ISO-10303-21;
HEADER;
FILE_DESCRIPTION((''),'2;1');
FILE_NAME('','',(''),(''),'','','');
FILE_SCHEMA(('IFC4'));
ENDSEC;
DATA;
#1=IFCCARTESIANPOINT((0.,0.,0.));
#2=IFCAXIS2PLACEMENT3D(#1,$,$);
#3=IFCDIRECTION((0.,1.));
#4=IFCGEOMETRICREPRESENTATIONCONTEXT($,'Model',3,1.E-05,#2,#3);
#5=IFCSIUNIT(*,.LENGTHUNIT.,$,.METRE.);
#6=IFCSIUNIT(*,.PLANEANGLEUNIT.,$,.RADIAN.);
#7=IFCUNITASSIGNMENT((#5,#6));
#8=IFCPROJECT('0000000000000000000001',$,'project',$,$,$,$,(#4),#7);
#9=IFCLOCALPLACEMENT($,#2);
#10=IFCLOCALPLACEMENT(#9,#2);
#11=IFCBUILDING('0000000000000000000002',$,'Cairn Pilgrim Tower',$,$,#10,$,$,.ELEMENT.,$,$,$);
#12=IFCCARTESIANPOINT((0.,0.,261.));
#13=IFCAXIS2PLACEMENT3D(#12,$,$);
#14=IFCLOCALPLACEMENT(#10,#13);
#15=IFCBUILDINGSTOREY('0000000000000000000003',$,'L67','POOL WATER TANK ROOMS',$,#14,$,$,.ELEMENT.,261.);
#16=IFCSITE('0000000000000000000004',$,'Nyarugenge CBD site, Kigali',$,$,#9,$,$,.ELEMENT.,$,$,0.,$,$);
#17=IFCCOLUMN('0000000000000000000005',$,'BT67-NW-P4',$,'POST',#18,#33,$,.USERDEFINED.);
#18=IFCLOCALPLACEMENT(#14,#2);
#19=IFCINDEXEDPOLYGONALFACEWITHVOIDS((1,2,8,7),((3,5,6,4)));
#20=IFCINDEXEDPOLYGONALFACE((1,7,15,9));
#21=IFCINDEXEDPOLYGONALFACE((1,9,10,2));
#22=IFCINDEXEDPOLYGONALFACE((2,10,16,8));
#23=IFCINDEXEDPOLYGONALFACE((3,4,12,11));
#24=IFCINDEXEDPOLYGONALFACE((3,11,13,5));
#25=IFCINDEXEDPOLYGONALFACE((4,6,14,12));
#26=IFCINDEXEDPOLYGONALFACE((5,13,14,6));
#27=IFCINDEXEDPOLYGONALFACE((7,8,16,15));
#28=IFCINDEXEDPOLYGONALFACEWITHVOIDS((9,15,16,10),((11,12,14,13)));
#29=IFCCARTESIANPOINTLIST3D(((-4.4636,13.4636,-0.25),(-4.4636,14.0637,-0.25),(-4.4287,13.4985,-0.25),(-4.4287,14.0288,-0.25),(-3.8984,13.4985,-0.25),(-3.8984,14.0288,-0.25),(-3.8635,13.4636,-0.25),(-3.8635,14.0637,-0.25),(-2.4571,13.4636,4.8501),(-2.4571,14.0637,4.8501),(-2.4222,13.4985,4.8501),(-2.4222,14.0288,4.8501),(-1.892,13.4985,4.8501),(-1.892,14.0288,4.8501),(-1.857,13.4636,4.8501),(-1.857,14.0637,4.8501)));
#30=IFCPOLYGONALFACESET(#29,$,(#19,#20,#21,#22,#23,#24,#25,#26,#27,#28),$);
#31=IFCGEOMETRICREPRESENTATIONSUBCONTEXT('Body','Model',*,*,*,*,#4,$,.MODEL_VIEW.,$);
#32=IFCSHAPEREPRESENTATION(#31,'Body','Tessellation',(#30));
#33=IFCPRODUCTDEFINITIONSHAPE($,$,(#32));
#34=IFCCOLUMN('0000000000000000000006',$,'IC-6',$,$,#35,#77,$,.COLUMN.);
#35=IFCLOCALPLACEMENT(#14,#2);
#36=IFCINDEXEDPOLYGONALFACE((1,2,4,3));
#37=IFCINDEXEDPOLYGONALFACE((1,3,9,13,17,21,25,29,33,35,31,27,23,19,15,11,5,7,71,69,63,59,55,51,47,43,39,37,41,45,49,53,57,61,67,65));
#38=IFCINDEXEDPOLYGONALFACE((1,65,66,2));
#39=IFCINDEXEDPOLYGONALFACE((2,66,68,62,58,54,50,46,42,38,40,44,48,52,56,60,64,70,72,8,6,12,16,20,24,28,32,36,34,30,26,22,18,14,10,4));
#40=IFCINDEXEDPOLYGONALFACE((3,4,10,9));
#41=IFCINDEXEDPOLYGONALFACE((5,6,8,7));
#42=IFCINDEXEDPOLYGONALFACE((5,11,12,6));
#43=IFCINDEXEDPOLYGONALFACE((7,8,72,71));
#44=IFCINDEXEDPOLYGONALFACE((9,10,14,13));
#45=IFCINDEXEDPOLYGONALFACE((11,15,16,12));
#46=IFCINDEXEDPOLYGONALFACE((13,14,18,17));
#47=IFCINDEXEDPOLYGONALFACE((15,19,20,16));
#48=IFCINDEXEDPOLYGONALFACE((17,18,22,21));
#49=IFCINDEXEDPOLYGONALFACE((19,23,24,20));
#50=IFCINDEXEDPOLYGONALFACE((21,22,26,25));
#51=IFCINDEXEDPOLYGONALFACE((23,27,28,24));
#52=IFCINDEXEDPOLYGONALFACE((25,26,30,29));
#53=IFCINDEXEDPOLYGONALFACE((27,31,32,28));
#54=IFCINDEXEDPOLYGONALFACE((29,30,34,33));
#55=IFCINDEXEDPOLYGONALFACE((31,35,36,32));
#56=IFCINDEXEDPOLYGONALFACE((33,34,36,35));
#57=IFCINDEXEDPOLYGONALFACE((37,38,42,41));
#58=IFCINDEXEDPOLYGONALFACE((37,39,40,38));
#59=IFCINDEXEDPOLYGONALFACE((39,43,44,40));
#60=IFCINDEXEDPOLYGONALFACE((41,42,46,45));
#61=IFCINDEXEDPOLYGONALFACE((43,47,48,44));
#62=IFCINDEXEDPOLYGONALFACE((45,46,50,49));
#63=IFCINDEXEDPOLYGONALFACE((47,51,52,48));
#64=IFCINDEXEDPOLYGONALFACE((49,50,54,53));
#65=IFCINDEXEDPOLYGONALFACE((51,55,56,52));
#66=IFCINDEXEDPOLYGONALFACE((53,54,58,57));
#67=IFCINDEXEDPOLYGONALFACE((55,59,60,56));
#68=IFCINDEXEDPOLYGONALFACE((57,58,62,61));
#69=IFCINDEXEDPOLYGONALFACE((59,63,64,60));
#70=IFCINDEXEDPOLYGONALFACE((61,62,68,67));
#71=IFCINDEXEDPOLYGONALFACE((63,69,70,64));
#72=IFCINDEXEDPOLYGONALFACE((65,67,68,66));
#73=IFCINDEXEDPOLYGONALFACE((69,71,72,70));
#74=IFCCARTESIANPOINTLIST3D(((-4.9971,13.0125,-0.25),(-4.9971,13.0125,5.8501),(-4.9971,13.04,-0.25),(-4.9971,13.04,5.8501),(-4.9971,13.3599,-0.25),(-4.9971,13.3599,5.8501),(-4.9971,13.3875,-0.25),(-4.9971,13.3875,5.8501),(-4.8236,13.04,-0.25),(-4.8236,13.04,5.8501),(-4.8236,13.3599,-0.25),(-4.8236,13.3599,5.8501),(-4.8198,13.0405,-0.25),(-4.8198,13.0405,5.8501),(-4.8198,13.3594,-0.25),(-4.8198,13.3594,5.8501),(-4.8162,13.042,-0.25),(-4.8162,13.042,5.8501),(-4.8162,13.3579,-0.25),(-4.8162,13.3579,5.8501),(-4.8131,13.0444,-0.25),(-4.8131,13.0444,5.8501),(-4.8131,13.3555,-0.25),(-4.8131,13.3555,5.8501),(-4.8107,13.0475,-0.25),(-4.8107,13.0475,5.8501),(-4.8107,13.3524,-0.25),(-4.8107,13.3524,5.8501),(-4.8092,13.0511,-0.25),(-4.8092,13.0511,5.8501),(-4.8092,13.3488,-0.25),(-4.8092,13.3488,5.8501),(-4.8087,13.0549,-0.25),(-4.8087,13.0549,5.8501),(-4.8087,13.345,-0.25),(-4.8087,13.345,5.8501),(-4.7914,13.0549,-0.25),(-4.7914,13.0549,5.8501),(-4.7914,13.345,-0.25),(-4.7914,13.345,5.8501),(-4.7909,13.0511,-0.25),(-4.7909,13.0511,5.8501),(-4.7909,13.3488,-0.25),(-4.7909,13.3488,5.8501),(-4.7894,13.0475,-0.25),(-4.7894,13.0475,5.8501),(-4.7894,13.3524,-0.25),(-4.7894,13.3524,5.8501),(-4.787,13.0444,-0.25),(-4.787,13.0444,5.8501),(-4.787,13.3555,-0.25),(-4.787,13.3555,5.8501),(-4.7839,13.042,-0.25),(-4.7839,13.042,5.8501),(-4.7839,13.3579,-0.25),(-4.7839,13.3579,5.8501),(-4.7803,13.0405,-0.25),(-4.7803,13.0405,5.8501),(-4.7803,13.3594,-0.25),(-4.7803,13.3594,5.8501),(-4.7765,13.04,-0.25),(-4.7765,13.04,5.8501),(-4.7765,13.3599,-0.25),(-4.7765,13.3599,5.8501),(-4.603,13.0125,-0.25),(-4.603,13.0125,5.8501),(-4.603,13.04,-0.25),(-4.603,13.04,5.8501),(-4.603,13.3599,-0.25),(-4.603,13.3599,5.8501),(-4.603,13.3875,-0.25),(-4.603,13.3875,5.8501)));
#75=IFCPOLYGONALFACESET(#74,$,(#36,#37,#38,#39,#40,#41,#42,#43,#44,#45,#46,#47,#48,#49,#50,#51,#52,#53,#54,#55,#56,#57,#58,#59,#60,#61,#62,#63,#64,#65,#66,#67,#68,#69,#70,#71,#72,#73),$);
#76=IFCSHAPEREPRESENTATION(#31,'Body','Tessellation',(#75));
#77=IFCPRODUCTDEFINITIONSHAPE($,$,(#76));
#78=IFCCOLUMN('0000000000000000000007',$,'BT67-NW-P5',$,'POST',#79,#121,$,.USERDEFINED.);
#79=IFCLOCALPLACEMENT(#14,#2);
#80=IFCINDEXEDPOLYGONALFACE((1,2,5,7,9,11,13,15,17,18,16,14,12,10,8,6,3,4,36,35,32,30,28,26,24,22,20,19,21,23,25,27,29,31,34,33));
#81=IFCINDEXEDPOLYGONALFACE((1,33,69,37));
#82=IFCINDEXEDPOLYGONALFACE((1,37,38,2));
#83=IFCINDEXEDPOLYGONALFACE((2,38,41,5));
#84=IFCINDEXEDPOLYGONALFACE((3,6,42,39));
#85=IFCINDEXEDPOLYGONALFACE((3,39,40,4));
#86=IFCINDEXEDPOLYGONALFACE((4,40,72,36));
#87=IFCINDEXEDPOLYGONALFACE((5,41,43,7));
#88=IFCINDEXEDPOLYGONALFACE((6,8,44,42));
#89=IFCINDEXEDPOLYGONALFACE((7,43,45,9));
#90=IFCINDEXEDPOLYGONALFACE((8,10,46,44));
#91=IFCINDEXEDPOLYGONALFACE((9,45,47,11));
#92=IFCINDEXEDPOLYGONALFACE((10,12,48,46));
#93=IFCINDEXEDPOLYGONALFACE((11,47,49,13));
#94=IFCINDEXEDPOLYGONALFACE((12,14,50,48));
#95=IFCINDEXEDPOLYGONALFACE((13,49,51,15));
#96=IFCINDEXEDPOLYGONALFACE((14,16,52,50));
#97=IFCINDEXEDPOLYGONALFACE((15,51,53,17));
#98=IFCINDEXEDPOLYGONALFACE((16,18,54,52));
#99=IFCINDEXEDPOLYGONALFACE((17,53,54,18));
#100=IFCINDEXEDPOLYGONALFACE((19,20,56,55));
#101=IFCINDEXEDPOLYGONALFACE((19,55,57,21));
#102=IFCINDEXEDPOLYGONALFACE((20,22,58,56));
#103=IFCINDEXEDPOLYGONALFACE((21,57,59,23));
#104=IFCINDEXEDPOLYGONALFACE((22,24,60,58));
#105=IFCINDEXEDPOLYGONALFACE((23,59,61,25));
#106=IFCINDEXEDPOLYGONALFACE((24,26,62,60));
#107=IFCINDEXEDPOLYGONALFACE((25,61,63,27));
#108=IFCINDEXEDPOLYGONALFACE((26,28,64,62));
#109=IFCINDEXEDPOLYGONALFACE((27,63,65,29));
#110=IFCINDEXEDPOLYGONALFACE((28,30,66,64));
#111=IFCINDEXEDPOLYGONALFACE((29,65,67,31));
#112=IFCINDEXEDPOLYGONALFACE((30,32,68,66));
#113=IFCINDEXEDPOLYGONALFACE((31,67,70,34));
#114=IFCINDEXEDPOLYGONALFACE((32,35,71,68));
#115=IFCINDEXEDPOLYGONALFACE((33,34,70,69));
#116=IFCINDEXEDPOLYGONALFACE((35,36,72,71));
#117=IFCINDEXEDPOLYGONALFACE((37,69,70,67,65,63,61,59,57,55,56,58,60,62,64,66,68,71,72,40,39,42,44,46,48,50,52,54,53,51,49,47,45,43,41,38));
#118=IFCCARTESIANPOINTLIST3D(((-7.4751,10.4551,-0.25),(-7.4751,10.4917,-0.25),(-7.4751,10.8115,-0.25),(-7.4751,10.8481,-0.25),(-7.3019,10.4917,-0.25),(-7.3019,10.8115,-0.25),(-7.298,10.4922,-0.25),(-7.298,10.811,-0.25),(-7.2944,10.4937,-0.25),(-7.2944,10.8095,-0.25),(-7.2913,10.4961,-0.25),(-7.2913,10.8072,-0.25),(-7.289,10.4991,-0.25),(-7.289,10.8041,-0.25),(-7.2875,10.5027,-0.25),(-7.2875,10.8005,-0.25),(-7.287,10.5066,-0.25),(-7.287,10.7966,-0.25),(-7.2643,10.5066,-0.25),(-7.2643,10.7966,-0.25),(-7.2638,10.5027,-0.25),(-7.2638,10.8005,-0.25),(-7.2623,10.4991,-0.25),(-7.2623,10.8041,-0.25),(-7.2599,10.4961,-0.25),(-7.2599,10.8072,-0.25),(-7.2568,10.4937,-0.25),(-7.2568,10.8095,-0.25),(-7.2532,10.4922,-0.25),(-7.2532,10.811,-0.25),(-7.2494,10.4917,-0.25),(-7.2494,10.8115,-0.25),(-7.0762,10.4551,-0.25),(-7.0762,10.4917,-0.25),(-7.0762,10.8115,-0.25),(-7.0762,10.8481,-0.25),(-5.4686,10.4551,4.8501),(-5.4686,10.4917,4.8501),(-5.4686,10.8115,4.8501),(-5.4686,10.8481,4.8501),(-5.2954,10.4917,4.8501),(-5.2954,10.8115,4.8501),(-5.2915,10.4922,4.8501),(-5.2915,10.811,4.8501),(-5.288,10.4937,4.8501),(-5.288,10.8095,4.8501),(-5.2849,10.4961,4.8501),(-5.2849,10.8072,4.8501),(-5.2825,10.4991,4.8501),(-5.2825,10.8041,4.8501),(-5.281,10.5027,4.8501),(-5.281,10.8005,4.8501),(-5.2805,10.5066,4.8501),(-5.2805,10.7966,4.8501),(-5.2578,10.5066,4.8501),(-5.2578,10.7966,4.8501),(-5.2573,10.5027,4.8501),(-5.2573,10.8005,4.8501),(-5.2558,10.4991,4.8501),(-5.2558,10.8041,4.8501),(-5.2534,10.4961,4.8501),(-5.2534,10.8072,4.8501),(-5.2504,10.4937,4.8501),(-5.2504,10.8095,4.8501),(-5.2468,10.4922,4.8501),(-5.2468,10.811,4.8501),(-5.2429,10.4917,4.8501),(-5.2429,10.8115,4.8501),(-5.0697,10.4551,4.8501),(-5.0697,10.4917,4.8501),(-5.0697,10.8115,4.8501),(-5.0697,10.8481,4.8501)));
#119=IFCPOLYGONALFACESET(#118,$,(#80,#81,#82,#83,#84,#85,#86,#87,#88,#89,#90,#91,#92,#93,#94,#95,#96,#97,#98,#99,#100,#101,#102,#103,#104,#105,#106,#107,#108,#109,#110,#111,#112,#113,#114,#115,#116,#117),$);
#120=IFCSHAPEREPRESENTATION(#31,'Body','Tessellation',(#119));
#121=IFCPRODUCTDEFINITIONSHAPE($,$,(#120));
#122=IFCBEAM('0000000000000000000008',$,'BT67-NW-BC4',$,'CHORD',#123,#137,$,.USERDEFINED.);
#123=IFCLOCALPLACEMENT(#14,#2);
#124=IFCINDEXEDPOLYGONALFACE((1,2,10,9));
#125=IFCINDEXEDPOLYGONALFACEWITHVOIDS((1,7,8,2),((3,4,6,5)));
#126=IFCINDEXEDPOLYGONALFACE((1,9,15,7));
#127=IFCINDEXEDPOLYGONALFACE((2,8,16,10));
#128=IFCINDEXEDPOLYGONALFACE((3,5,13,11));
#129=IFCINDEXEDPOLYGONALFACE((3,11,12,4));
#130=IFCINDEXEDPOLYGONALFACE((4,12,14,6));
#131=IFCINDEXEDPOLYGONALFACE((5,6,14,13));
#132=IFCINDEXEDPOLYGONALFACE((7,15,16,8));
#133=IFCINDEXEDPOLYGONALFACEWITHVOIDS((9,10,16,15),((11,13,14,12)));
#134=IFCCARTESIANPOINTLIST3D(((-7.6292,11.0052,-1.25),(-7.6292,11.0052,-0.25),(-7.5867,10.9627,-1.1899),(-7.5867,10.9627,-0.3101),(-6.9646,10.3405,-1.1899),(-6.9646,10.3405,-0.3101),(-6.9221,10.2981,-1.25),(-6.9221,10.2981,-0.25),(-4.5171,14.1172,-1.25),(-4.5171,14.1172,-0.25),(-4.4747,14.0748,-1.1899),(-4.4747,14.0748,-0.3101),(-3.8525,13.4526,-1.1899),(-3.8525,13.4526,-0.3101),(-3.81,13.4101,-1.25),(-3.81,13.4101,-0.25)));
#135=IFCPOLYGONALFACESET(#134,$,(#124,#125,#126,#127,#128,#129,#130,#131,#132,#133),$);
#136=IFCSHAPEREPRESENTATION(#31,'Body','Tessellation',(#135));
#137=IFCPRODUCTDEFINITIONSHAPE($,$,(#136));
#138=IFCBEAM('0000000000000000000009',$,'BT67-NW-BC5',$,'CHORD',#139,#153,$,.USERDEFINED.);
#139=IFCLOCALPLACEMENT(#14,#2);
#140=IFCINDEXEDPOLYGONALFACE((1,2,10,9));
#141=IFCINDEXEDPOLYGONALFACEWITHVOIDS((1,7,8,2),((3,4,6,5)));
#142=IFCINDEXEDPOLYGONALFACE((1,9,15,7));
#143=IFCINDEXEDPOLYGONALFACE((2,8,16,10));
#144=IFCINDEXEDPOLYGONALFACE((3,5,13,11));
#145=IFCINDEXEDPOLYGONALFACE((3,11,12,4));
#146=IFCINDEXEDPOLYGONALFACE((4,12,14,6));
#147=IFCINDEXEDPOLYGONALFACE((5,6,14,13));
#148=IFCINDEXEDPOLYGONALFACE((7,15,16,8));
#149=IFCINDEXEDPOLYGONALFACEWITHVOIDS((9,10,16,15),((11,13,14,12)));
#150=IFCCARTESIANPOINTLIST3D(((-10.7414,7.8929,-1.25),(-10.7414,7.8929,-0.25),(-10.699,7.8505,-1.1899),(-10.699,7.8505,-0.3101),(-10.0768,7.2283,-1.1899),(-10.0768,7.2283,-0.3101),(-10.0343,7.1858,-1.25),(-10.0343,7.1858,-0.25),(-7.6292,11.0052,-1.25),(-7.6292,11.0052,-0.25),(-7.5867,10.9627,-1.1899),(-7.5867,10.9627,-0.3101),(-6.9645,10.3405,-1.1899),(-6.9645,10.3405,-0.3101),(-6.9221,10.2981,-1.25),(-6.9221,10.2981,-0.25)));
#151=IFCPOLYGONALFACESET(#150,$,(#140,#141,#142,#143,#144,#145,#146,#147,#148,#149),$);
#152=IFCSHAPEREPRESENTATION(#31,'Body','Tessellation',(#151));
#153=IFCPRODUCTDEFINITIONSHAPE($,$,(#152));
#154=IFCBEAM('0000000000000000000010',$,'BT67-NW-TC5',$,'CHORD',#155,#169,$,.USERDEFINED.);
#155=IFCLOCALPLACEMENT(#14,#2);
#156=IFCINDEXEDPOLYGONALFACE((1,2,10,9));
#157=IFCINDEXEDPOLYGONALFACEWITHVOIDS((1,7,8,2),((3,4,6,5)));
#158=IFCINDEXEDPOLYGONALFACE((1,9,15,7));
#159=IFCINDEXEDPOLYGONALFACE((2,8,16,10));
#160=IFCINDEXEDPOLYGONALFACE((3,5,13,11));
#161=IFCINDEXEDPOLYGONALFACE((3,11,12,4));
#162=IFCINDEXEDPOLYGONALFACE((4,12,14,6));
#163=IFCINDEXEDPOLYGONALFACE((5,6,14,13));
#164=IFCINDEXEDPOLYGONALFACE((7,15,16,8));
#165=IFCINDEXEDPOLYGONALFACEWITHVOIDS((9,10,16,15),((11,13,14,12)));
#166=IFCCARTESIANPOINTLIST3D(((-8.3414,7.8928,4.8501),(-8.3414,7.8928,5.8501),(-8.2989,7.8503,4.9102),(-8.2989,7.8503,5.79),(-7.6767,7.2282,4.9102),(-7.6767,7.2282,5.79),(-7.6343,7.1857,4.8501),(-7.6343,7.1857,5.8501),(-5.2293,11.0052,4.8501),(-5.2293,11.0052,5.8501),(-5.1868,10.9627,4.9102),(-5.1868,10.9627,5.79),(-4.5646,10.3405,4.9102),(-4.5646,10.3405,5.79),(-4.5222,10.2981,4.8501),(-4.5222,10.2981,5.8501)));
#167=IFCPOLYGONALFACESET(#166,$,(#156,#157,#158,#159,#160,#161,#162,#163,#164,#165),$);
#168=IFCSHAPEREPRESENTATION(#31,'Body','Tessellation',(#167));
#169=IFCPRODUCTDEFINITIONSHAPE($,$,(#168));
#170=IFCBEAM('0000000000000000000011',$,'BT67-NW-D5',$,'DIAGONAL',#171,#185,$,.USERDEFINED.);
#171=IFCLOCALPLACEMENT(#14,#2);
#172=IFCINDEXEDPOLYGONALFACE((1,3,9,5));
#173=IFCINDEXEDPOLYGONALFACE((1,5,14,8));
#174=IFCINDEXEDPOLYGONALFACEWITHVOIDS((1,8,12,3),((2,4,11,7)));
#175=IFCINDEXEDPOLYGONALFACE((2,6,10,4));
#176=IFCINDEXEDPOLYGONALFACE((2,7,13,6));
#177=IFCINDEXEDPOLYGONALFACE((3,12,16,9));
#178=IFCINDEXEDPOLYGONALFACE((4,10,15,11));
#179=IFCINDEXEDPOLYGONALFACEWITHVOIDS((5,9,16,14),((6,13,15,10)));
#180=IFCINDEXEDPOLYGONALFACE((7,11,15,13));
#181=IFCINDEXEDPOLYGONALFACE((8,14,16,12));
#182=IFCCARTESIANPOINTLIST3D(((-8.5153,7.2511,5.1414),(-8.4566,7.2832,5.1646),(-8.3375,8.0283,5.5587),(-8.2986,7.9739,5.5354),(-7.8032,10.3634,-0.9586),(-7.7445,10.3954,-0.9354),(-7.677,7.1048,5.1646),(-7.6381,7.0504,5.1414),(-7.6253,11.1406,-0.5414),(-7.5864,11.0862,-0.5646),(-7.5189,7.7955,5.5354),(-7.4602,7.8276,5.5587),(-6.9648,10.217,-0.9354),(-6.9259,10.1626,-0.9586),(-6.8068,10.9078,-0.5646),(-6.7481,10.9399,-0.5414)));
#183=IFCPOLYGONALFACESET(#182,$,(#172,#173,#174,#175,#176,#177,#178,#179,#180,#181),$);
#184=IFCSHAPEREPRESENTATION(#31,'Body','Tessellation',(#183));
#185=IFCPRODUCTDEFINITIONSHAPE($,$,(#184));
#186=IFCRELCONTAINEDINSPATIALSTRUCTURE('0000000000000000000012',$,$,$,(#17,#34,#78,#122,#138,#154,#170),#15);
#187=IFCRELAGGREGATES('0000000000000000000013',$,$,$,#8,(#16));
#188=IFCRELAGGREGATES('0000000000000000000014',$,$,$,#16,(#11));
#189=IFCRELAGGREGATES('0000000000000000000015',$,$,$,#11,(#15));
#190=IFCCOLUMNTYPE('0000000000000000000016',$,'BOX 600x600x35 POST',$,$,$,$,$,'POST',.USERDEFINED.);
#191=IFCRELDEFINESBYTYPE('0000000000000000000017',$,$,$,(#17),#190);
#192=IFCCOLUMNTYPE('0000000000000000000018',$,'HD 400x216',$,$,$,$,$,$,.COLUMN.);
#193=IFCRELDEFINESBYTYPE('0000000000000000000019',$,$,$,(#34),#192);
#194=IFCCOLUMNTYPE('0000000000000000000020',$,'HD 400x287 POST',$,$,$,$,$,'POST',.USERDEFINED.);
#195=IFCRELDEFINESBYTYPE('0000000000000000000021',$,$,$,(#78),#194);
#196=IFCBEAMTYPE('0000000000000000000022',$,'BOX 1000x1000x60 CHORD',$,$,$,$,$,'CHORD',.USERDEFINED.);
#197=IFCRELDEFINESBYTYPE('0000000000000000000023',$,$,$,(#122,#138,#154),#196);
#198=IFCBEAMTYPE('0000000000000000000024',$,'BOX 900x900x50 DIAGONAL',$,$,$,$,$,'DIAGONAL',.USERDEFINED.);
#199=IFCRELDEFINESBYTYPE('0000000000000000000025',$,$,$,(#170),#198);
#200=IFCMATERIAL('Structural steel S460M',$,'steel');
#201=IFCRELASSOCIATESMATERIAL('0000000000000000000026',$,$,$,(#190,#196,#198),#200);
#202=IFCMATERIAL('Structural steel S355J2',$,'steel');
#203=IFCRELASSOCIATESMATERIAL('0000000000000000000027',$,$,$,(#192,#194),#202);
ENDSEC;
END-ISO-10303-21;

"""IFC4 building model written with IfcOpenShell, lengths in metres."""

from ifc_helpers import new_model, si_unit, direction, frame, origin, origin_2d, place, context, subcontext, project, spatial, hollow_rectangle, i_section, extrude, clip, halfspace, material, material_profile, profile_set, type_object, element, save


model = new_model("IFC4")

# Units and contexts
model_context = context("Model", 3, precision=1e-05, world=origin(), true_north=direction((0.0, 1.0)))
body_context = subcontext(model_context, "Body", "Model", "MODEL_VIEW")
ifc_project = project(units=[si_unit("LENGTHUNIT", "METRE"), si_unit("PLANEANGLEUNIT", "RADIAN")], contexts=[model_context])

# Site, building, storey
site_placement = place(None, origin())
site = spatial("IfcSite", under=ifc_project, at=site_placement, Name="Nyarugenge CBD site, Kigali", CompositionType="ELEMENT", RefElevation=0.0)
building_placement = place(site_placement, origin())
building = spatial("IfcBuilding", under=site, at=building_placement, Name="Cairn Pilgrim Tower", CompositionType="ELEMENT")
storey_placement = place(building_placement, frame((0.0, 0.0, 261.0)))
storey = spatial("IfcBuildingStorey", under=building, at=storey_placement, Name="L67", Description="POOL WATER TANK ROOMS", CompositionType="ELEMENT", Elevation=261.0)

# Columns
ifc_material_1 = material(Name="Structural steel S460M", Category="steel")
ifc_material_profile_1 = material_profile(ifc_material_1, hollow_rectangle(XDim=0.6001, YDim=0.6001, WallThickness=0.0349, at=origin_2d()), Name="BOX 600x600x35")
ifc_profile_set_1 = profile_set([ifc_material_profile_1], Name="Structural steel S460M")
column_type_1 = type_object("IfcColumnType", Name="BOX 600x600x35 POST", ElementType="POST", PredefinedType="USERDEFINED", material=ifc_profile_set_1)
column_1_placement = place(storey_placement, frame((-4.1636, 13.7637, -0.25), z_axis=(0.0, 0.0, 1.0), x_axis=(1.0, 0.0, 0.0)))
element("IfcColumn", 1, at=column_1_placement, inside=storey, type_object=column_type_1, Name="BT67-NW-P4", ObjectType="POST", PredefinedType="USERDEFINED", context=body_context, shape_type="Clipping", body=[
    clip(extrude(hollow_rectangle(XDim=0.6001, YDim=0.6001, WallThickness=0.0349, at=origin_2d()), origin(), (0.366106, 0.0, 0.930573), 6.5552), halfspace(frame((0.0, 0.0, 5.1001), z_axis=(0.0, 0.0, 1.0), x_axis=(1.0, 0.0, 0.0)), False)),
])
ifc_material_2 = material(Name="Structural steel S355J2", Category="steel")
ifc_material_profile_2 = material_profile(ifc_material_2, i_section(OverallWidth=0.394, OverallDepth=0.375, WebThickness=0.0173, FlangeThickness=0.0276, FilletRadius=0.0149, at=origin_2d()), Name="HD 400x216")
ifc_profile_set_2 = profile_set([ifc_material_profile_2], Name="Structural steel S355J2")
column_type_2 = type_object("IfcColumnType", Name="HD 400x216", PredefinedType="COLUMN", material=ifc_profile_set_2)
column_2_placement = place(storey_placement, frame((-4.8, 13.2, -0.25), z_axis=(0.0, 0.0, 1.0), x_axis=(1.0, 0.0, 0.0)))
element("IfcColumn", 2, at=column_2_placement, inside=storey, type_object=column_type_2, Name="IC-6", PredefinedType="COLUMN", context=body_context, shape_type="SweptSolid", body=[
    extrude(i_section(OverallWidth=0.394, OverallDepth=0.375, WebThickness=0.0173, FlangeThickness=0.0276, FilletRadius=0.0149, at=origin_2d()), origin(), (0.0, 0.0, 1.0), 6.1001),
])
ifc_material_profile_3 = material_profile(ifc_material_2, i_section(OverallWidth=0.3989, OverallDepth=0.3931, WebThickness=0.0227, FlangeThickness=0.0366, FilletRadius=0.0149, at=origin_2d()), Name="HD 400x287")
ifc_profile_set_3 = profile_set([ifc_material_profile_3], Name="Structural steel S355J2")
column_type_3 = type_object("IfcColumnType", Name="HD 400x287 POST", ElementType="POST", PredefinedType="USERDEFINED", material=ifc_profile_set_3)
column_3_placement = place(storey_placement, frame((-7.2756, 10.6516, -0.25), z_axis=(0.0, 0.0, 1.0), x_axis=(1.0, 0.0, 0.0)))
element("IfcColumn", 3, at=column_3_placement, inside=storey, type_object=column_type_3, Name="BT67-NW-P5", ObjectType="POST", PredefinedType="USERDEFINED", context=body_context, shape_type="Clipping", body=[
    clip(extrude(i_section(OverallWidth=0.3989, OverallDepth=0.3931, WebThickness=0.0227, FlangeThickness=0.0366, FilletRadius=0.0149, at=origin_2d()), origin(), (0.366106, 0.0, 0.930573), 6.5552), halfspace(frame((0.0, 0.0, 5.1001), z_axis=(0.0, 0.0, 1.0), x_axis=(1.0, 0.0, 0.0)), False)),
])

# Beams
ifc_material_profile_4 = material_profile(ifc_material_1, hollow_rectangle(XDim=1.0, YDim=1.0, WallThickness=0.0601, at=origin_2d()), Name="BOX 1000x1000x60")
ifc_profile_set_4 = profile_set([ifc_material_profile_4], Name="Structural steel S460M")
beam_type_1 = type_object("IfcBeamType", Name="BOX 1000x1000x60 CHORD", ElementType="CHORD", PredefinedType="USERDEFINED", material=ifc_profile_set_4)
beam_1_placement = place(storey_placement, frame((-4.1636, 13.7637, -0.75), z_axis=(-0.707107, -0.707107, 0.0), x_axis=(0.707107, -0.707107, 0.0)))
element("IfcBeam", 4, at=beam_1_placement, inside=storey, type_object=beam_type_1, Name="BT67-NW-BC4", ObjectType="CHORD", PredefinedType="USERDEFINED", context=body_context, shape_type="SweptSolid", body=[
    extrude(hollow_rectangle(XDim=1.0, YDim=1.0, WallThickness=0.0601, at=origin_2d()), origin(), (0.0, 0.0, 1.0), 4.4011),
])
for number, where, z_axis, x_axis, name in (
    (5, (-7.2756, 10.6516, -0.75), (-0.707107, -0.707107, 0.0), (0.707107, -0.707107, 0.0), "BT67-NW-BC5"),
    (6, (-4.8757, 10.6516, 5.3501), (-0.707079, -0.707135, 0.0), (0.707135, -0.707079, 0.0), "BT67-NW-TC5"),
):
    element("IfcBeam", number, at=place(storey_placement, frame(where, z_axis=z_axis, x_axis=x_axis)), inside=storey, type_object=beam_type_1, Name=name, ObjectType="CHORD", PredefinedType="USERDEFINED", context=body_context, shape_type="SweptSolid", body=[
        extrude(hollow_rectangle(XDim=1.0, YDim=1.0, WallThickness=0.0601, at=origin_2d()), origin(), (0.0, 0.0, 1.0), 4.4014),
    ])
ifc_material_profile_5 = material_profile(ifc_material_1, hollow_rectangle(XDim=0.8999, YDim=0.8999, WallThickness=0.05, at=origin_2d()), Name="BOX 900x900x50")
ifc_profile_set_5 = profile_set([ifc_material_profile_5], Name="Structural steel S460M")
beam_type_2 = type_object("IfcBeamType", Name="BOX 900x900x50 DIAGONAL", ElementType="DIAGONAL", PredefinedType="USERDEFINED", material=ifc_profile_set_5)
beam_2_placement = place(storey_placement, frame((-7.2756, 10.6516, -0.75), z_axis=(-0.103434, -0.452034, 0.885983), x_axis=(0.974806, -0.223055, 0.0)))
element("IfcBeam", 7, at=beam_2_placement, inside=storey, type_object=beam_type_2, Name="BT67-NW-D5", ObjectType="DIAGONAL", PredefinedType="USERDEFINED", context=body_context, shape_type="SweptSolid", body=[
    extrude(hollow_rectangle(XDim=0.8999, YDim=0.8999, WallThickness=0.05, at=origin_2d()), origin(), (0.0, 0.0, 1.0), 6.885),
])

save(model, "model.ifc")
